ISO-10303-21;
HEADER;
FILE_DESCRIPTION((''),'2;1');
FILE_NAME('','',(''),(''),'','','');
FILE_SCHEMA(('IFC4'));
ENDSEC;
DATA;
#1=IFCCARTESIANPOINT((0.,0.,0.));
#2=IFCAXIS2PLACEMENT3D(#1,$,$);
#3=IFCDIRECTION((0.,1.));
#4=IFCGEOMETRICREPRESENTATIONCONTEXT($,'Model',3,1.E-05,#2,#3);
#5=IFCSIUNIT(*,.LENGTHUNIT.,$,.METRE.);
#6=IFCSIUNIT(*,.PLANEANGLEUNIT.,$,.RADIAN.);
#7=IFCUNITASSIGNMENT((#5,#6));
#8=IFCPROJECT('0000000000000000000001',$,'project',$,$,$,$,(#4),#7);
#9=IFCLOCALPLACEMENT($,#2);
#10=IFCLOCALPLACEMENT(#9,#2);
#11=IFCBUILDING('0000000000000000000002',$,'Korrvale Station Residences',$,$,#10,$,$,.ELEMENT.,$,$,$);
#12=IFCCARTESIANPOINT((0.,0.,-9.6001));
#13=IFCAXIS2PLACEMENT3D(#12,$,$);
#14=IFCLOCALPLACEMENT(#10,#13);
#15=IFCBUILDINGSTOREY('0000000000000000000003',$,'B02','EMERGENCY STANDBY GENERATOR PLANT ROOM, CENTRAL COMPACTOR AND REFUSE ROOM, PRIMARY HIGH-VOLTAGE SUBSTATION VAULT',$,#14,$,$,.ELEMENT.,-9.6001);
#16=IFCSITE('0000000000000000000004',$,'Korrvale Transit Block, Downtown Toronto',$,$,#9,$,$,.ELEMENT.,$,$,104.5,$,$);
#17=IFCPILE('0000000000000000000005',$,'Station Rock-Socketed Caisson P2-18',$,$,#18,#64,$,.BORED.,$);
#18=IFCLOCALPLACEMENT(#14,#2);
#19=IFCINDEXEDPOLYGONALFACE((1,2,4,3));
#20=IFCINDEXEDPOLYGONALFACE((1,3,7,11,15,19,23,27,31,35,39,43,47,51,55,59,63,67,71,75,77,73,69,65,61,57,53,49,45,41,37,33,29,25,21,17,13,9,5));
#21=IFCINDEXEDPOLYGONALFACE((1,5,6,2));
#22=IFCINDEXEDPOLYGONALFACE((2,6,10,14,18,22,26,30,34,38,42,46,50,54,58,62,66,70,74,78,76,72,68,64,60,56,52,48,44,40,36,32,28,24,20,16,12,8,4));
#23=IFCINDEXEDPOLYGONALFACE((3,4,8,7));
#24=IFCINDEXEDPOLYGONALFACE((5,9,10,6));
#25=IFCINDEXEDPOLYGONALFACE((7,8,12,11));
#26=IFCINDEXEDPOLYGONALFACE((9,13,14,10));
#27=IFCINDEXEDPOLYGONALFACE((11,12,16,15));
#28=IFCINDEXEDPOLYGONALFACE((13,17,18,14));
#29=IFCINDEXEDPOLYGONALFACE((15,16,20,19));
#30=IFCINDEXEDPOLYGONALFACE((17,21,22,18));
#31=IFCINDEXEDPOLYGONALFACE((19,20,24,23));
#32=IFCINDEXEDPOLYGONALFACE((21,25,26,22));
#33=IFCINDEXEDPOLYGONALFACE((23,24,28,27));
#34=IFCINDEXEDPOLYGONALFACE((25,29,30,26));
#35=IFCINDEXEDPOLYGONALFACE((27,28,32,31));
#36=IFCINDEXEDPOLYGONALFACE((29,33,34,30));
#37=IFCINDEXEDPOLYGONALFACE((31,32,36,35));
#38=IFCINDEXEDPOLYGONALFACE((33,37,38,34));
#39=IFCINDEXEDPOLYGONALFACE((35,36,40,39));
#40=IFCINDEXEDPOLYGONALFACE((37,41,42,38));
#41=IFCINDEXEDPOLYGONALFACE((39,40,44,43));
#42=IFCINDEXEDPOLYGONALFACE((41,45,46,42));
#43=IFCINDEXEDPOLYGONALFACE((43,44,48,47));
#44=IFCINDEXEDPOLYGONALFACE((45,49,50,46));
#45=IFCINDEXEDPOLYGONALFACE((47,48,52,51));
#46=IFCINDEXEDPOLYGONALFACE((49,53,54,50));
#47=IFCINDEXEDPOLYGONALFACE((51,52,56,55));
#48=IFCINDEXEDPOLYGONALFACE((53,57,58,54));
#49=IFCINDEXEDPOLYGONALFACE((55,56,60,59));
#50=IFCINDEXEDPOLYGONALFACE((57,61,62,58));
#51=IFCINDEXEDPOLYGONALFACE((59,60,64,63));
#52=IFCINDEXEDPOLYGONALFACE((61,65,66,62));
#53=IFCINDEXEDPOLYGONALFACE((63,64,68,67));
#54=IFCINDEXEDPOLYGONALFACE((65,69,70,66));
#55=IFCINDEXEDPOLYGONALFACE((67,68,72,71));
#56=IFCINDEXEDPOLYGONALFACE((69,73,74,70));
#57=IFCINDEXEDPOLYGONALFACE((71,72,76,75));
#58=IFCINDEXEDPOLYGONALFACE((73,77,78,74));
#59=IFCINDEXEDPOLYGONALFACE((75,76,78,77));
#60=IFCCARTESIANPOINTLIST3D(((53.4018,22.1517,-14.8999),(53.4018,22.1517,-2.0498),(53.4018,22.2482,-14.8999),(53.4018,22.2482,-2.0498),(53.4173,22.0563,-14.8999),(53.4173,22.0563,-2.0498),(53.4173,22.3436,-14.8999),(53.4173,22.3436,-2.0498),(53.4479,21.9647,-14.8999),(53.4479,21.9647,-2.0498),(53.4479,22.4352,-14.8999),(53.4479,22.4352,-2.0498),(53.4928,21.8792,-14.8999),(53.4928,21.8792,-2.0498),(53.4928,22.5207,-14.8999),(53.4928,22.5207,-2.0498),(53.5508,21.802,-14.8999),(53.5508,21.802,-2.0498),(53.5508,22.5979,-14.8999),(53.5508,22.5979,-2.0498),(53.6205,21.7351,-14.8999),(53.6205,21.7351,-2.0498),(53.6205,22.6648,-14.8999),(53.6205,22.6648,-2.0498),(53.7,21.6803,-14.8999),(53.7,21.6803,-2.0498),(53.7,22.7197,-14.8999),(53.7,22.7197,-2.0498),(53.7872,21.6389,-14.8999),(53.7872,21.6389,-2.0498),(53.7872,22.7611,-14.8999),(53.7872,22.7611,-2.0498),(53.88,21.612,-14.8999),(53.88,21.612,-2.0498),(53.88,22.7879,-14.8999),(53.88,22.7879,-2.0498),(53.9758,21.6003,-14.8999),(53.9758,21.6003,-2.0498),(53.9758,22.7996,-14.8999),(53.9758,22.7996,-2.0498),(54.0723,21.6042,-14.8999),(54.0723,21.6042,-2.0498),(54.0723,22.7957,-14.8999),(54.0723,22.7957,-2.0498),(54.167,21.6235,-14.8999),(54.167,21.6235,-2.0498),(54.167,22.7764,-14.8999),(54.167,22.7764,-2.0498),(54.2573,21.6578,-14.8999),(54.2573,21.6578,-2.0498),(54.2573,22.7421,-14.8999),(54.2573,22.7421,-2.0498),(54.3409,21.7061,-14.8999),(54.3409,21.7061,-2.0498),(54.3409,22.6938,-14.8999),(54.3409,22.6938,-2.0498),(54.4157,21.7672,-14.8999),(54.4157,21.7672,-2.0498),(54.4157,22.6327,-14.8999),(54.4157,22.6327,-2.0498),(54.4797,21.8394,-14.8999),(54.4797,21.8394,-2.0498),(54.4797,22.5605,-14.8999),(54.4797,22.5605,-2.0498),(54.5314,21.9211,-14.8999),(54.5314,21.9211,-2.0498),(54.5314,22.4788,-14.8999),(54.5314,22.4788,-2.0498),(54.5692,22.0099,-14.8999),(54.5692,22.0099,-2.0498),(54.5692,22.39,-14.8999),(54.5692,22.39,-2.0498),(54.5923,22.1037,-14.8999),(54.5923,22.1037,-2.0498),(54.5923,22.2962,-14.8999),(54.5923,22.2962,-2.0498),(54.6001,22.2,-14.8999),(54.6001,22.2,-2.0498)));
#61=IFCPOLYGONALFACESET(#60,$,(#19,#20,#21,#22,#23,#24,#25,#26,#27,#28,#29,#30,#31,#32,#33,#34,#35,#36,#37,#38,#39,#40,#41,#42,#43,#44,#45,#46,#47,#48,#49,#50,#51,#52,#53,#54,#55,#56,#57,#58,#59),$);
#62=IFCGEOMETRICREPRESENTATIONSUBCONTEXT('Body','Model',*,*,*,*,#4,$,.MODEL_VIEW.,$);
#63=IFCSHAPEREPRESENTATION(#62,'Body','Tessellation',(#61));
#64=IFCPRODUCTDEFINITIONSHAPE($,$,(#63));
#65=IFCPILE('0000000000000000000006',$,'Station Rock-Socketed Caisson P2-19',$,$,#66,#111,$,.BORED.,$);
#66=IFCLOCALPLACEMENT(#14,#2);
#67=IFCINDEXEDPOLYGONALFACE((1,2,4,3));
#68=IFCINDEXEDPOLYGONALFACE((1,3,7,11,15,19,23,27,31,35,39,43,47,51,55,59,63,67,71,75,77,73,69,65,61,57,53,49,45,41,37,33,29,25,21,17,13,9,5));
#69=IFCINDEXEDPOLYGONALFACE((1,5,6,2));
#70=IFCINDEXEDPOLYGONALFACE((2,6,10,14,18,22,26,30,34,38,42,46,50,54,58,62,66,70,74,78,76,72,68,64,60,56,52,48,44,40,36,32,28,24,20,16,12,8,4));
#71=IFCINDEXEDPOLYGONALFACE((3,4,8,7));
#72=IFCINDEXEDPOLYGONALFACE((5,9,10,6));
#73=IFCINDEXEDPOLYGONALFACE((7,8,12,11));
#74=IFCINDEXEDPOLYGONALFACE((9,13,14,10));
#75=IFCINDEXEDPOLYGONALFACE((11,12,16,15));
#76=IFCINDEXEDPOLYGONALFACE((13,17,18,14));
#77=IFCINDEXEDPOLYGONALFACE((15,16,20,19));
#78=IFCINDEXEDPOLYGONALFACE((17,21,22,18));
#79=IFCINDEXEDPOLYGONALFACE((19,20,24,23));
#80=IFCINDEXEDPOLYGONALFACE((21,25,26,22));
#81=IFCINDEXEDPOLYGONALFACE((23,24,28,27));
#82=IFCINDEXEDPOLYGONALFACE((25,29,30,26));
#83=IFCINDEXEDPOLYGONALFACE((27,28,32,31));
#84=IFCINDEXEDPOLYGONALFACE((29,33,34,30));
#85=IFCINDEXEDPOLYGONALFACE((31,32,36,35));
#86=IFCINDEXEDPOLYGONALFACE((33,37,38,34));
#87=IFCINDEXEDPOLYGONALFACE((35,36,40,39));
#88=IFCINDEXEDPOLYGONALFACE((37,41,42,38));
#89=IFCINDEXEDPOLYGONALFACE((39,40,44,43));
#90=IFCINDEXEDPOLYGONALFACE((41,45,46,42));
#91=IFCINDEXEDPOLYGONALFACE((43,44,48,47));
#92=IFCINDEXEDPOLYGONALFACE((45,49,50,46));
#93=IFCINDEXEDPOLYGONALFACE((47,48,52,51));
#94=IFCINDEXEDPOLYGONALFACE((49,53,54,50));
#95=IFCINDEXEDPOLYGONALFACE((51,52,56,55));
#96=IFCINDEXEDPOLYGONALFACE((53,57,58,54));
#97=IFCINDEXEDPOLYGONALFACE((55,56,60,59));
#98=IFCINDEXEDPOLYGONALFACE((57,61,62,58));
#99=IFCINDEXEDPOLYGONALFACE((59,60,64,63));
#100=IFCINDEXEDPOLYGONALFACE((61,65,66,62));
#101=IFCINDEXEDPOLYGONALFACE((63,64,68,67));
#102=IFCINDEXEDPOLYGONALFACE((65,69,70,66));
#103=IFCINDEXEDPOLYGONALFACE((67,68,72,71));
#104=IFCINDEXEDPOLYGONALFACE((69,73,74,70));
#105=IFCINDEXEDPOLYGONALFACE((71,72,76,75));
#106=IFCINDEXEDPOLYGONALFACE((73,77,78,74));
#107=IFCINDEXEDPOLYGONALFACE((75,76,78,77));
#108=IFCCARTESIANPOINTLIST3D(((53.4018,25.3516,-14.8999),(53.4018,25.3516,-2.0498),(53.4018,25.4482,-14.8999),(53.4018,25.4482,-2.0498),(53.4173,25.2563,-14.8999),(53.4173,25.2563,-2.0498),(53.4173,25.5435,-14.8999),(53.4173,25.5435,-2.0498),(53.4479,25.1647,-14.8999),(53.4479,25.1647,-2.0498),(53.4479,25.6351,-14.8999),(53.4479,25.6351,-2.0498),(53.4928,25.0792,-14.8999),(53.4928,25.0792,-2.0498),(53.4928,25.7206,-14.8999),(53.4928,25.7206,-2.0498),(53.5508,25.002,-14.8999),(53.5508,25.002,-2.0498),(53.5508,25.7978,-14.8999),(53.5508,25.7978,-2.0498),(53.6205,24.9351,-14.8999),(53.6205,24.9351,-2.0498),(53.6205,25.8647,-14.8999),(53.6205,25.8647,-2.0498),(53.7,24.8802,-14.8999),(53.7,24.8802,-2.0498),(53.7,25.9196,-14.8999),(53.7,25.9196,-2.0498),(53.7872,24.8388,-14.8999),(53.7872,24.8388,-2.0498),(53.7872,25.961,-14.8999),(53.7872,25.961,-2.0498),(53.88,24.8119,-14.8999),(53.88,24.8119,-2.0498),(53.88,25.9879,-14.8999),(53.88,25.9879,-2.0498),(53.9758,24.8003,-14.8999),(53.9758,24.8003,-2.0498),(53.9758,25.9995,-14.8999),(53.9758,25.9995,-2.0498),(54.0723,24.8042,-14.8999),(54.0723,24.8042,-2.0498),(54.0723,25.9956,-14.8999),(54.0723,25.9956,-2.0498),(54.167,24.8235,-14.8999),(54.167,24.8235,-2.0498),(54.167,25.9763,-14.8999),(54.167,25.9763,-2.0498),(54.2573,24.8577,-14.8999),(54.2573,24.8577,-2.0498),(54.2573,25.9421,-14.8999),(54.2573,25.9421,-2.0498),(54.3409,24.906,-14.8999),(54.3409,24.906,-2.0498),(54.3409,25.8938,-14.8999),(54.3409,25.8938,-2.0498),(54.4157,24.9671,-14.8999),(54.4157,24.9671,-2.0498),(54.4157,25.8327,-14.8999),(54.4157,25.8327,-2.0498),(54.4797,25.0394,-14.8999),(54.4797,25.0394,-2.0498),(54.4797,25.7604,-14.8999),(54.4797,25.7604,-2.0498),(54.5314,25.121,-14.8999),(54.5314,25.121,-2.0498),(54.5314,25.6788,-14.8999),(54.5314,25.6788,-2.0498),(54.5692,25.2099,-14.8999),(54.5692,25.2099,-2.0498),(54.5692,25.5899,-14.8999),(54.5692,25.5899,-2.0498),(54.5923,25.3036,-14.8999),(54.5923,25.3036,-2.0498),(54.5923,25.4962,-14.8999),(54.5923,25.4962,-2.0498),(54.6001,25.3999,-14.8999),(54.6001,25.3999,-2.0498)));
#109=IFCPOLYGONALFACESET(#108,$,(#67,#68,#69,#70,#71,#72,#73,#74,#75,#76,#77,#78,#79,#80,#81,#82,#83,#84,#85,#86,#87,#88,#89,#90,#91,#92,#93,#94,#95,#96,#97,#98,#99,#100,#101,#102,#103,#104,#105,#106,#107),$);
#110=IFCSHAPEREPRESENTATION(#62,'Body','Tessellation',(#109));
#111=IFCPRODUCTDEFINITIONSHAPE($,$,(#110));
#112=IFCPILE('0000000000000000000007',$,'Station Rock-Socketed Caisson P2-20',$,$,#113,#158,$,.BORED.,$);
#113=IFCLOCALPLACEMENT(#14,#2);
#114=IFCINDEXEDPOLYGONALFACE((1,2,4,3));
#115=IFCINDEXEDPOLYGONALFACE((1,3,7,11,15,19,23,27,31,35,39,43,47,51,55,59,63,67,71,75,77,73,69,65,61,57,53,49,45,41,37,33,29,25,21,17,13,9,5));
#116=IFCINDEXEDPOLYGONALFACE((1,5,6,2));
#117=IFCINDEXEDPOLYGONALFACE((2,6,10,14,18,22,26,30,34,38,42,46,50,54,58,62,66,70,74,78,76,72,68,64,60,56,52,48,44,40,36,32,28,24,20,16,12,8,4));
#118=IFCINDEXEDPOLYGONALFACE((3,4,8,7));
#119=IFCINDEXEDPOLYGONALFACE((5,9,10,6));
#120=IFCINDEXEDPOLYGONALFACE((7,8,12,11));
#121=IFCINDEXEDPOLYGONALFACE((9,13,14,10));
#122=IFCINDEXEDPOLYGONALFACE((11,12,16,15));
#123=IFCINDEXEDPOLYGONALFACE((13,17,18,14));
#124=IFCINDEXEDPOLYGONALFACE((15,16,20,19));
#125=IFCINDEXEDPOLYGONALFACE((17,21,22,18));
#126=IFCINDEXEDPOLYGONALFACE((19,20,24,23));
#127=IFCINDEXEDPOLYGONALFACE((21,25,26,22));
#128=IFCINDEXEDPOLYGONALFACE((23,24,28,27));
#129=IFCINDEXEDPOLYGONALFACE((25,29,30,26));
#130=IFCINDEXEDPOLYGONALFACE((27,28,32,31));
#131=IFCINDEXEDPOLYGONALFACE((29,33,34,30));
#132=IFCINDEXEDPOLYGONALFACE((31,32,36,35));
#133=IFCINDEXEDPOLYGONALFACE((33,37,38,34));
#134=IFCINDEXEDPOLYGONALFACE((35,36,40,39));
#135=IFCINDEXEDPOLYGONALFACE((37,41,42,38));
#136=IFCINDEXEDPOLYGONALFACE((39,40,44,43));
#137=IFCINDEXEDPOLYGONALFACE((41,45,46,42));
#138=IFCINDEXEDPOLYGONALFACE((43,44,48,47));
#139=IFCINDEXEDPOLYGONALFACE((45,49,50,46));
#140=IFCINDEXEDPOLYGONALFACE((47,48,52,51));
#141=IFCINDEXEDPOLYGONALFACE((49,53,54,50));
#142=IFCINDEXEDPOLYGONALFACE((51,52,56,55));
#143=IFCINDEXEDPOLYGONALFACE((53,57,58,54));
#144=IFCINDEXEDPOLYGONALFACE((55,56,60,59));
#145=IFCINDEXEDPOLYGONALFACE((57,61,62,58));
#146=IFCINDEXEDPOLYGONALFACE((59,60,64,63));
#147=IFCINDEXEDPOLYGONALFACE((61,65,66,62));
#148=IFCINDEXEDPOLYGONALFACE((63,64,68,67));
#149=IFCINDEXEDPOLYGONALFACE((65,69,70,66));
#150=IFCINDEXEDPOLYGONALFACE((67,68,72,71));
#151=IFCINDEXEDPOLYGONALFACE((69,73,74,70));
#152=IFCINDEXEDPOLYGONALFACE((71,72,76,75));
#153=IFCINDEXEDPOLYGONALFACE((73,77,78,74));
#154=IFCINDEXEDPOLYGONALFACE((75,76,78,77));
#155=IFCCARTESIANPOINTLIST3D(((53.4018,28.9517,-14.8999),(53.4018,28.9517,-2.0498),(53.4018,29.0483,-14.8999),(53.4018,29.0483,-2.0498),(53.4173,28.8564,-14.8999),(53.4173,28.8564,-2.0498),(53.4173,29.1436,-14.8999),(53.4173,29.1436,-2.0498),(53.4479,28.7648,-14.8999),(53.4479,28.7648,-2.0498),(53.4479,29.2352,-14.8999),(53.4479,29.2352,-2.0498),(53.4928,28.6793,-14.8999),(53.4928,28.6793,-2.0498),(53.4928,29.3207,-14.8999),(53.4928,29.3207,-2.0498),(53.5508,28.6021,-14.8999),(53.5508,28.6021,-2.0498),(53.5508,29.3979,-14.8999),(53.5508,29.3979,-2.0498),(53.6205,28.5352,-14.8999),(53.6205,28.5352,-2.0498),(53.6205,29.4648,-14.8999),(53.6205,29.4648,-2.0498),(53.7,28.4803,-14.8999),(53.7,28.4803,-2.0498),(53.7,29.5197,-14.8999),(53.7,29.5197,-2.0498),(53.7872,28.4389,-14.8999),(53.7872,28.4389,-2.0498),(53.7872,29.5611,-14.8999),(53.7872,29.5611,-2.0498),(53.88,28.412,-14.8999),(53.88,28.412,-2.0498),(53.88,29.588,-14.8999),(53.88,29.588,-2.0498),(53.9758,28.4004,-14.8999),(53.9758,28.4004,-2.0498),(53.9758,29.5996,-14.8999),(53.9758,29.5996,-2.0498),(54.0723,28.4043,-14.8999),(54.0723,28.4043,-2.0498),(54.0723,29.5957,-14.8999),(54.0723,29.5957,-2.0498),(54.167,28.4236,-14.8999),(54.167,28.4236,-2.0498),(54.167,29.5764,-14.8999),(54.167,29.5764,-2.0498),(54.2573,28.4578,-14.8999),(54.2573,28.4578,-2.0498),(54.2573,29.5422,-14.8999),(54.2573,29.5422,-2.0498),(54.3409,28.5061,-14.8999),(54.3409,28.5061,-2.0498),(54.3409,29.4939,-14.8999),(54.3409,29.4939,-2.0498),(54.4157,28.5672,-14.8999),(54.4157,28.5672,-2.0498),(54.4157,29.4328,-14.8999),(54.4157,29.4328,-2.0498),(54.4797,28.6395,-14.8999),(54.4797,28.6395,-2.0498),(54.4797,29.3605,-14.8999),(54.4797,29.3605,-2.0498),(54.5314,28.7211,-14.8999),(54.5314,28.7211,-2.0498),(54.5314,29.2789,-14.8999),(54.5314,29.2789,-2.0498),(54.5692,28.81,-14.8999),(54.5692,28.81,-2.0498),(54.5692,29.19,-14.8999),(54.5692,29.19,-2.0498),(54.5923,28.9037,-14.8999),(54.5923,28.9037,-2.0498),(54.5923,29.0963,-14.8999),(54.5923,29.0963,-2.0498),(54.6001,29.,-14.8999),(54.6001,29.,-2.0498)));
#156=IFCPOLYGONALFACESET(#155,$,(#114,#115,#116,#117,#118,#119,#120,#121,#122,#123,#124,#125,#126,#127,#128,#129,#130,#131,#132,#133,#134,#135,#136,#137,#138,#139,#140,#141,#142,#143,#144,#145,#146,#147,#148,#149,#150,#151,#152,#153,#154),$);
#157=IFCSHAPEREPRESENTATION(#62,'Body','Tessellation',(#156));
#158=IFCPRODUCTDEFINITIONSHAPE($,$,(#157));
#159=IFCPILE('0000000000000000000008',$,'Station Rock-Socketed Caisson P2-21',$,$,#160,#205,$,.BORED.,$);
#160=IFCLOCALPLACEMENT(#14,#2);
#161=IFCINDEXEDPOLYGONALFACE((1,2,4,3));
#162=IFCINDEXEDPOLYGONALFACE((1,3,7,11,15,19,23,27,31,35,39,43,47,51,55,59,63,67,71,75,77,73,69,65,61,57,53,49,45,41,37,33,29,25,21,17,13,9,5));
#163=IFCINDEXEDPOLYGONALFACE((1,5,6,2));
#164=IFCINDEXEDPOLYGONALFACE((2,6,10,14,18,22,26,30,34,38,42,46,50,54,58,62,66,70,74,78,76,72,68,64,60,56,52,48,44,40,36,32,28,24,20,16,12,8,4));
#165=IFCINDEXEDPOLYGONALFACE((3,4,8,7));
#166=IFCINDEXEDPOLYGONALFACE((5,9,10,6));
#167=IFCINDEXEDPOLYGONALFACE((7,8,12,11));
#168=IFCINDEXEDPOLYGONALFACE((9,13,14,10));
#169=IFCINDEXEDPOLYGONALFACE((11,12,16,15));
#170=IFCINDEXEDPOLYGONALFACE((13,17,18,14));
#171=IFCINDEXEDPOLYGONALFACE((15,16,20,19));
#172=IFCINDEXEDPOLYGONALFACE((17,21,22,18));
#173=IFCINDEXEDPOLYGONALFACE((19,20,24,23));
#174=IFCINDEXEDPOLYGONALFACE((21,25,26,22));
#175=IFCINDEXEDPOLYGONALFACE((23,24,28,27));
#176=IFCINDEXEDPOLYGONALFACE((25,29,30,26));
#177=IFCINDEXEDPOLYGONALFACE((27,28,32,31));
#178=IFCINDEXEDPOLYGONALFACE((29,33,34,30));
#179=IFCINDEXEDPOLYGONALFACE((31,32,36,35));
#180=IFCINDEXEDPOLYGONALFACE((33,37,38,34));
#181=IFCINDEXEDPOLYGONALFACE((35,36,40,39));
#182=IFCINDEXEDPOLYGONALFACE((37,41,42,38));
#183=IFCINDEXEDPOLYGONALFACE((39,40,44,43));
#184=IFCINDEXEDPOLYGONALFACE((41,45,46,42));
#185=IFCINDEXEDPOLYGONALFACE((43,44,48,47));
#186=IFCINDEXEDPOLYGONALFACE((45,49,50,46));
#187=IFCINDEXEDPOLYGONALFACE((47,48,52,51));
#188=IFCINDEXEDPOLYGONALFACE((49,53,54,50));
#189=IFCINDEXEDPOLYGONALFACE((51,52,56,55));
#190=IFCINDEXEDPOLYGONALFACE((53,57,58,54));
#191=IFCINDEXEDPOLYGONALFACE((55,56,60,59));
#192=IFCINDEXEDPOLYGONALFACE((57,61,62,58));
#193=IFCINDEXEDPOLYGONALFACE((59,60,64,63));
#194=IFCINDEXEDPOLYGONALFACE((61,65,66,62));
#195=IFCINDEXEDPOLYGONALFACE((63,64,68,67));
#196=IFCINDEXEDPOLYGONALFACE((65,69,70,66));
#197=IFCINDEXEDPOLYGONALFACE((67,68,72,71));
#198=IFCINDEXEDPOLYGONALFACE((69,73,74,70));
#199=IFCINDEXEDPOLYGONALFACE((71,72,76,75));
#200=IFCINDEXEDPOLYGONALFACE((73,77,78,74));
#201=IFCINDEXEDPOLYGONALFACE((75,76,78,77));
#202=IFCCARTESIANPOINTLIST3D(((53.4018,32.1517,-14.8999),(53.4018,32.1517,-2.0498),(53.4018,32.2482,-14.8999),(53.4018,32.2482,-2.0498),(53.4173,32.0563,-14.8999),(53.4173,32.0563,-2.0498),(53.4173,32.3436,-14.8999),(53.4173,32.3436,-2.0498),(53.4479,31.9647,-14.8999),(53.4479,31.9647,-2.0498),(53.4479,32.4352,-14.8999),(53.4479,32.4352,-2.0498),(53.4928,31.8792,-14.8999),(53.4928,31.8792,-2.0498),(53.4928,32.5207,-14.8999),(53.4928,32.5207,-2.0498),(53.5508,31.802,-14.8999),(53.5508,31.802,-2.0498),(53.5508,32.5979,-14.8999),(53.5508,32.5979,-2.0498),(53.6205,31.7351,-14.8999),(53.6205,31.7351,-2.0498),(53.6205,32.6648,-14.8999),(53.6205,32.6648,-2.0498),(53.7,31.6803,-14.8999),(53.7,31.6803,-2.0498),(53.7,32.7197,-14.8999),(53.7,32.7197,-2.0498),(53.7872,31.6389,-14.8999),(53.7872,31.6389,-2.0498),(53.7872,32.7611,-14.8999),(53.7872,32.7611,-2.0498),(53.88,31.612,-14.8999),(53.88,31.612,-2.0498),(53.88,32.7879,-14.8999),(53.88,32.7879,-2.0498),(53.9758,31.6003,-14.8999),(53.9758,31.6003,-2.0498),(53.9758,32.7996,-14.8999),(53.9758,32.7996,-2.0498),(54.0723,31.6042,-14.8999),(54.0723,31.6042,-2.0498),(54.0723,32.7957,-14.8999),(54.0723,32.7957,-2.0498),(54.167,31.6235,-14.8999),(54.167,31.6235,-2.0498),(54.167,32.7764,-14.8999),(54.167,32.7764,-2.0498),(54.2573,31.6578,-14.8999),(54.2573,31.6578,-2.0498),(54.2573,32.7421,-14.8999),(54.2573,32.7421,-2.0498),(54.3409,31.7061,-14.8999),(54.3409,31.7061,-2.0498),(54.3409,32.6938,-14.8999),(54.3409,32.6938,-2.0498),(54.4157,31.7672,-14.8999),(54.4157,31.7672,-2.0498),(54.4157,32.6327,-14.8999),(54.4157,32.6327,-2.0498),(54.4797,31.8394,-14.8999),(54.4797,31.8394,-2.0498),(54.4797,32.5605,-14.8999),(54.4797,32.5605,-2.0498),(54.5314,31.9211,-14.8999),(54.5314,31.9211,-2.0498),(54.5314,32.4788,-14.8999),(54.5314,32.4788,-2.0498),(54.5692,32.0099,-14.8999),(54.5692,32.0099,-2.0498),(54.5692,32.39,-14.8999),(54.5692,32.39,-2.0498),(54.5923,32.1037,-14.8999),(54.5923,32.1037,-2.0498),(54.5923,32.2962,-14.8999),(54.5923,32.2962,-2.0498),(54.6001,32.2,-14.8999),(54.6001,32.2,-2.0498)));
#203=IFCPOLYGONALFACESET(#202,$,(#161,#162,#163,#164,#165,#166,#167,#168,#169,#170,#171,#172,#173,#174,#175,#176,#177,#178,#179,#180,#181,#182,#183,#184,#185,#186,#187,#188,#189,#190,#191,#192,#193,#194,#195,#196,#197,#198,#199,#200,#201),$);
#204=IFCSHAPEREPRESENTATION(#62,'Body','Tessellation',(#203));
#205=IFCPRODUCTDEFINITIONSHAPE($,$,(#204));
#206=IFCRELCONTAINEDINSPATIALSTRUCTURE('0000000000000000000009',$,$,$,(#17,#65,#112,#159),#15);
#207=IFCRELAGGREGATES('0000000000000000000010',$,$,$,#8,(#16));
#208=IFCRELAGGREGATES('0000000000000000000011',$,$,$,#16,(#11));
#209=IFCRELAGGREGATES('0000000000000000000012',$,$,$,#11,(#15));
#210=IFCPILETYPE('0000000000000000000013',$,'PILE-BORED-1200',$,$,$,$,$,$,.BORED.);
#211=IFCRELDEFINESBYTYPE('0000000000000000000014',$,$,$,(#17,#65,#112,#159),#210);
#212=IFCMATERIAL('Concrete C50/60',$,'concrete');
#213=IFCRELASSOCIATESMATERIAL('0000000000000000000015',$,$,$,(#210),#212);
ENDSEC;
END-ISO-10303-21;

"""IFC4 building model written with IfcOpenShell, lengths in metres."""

from ifc_helpers import new_model, si_unit, direction, frame, origin, origin_2d, place, context, subcontext, project, spatial, circle, extrude, material, material_profile, profile_set, type_object, element, save


model = new_model("IFC4")

# Units and contexts
model_context = context("Model", 3, precision=1e-05, world=origin(), true_north=direction((0.0, 1.0)))
body_context = subcontext(model_context, "Body", "Model", "MODEL_VIEW")
ifc_project = project(units=[si_unit("LENGTHUNIT", "METRE"), si_unit("PLANEANGLEUNIT", "RADIAN")], contexts=[model_context])

# Site, building, storey
site_placement = place(None, origin())
site = spatial("IfcSite", under=ifc_project, at=site_placement, Name="Korrvale Transit Block, Downtown Toronto", CompositionType="ELEMENT", RefElevation=104.5)
building_placement = place(site_placement, origin())
building = spatial("IfcBuilding", under=site, at=building_placement, Name="Korrvale Station Residences", CompositionType="ELEMENT")
storey_placement = place(building_placement, frame((0.0, 0.0, -9.6001)))
storey = spatial("IfcBuildingStorey", under=building, at=storey_placement, Name="B02", Description="EMERGENCY STANDBY GENERATOR PLANT ROOM, CENTRAL COMPACTOR AND REFUSE ROOM, PRIMARY HIGH-VOLTAGE SUBSTATION VAULT", CompositionType="ELEMENT", Elevation=-9.6001)

# Piles
ifc_material_1 = material(Name="Concrete C50/60", Category="concrete")
ifc_material_profile_1 = material_profile(ifc_material_1, circle(Radius=0.6001, at=origin_2d()), Name="PILE1200")
ifc_profile_set_1 = profile_set([ifc_material_profile_1], Name="Concrete C50/60")
pile_type_1 = type_object("IfcPileType", Name="PILE-BORED-1200", PredefinedType="BORED", material=ifc_profile_set_1)
for number, where, z_axis, x_axis, name in (
    (1, (54.0, 22.2, -2.0498), (0.0, 0.0, -1.0), (1.0, 0.0, 0.0), "Station Rock-Socketed Caisson P2-18"),
    (2, (54.0, 25.3999, -2.0498), (0.0, 0.0, -1.0), (1.0, 0.0, 0.0), "Station Rock-Socketed Caisson P2-19"),
    (3, (54.0, 29.0, -2.0498), (0.0, 0.0, -1.0), (1.0, 0.0, 0.0), "Station Rock-Socketed Caisson P2-20"),
    (4, (54.0, 32.2, -2.0498), (0.0, 0.0, -1.0), (1.0, 0.0, 0.0), "Station Rock-Socketed Caisson P2-21"),
):
    element("IfcPile", number, at=place(storey_placement, frame(where, z_axis=z_axis, x_axis=x_axis)), inside=storey, type_object=pile_type_1, Name=name, PredefinedType="BORED", context=body_context, shape_type="SweptSolid", body=[
        extrude(circle(Radius=0.6001, at=origin_2d()), origin(), (0.0, 0.0, 1.0), 12.8501),
    ])

save(model, "model.ifc")
